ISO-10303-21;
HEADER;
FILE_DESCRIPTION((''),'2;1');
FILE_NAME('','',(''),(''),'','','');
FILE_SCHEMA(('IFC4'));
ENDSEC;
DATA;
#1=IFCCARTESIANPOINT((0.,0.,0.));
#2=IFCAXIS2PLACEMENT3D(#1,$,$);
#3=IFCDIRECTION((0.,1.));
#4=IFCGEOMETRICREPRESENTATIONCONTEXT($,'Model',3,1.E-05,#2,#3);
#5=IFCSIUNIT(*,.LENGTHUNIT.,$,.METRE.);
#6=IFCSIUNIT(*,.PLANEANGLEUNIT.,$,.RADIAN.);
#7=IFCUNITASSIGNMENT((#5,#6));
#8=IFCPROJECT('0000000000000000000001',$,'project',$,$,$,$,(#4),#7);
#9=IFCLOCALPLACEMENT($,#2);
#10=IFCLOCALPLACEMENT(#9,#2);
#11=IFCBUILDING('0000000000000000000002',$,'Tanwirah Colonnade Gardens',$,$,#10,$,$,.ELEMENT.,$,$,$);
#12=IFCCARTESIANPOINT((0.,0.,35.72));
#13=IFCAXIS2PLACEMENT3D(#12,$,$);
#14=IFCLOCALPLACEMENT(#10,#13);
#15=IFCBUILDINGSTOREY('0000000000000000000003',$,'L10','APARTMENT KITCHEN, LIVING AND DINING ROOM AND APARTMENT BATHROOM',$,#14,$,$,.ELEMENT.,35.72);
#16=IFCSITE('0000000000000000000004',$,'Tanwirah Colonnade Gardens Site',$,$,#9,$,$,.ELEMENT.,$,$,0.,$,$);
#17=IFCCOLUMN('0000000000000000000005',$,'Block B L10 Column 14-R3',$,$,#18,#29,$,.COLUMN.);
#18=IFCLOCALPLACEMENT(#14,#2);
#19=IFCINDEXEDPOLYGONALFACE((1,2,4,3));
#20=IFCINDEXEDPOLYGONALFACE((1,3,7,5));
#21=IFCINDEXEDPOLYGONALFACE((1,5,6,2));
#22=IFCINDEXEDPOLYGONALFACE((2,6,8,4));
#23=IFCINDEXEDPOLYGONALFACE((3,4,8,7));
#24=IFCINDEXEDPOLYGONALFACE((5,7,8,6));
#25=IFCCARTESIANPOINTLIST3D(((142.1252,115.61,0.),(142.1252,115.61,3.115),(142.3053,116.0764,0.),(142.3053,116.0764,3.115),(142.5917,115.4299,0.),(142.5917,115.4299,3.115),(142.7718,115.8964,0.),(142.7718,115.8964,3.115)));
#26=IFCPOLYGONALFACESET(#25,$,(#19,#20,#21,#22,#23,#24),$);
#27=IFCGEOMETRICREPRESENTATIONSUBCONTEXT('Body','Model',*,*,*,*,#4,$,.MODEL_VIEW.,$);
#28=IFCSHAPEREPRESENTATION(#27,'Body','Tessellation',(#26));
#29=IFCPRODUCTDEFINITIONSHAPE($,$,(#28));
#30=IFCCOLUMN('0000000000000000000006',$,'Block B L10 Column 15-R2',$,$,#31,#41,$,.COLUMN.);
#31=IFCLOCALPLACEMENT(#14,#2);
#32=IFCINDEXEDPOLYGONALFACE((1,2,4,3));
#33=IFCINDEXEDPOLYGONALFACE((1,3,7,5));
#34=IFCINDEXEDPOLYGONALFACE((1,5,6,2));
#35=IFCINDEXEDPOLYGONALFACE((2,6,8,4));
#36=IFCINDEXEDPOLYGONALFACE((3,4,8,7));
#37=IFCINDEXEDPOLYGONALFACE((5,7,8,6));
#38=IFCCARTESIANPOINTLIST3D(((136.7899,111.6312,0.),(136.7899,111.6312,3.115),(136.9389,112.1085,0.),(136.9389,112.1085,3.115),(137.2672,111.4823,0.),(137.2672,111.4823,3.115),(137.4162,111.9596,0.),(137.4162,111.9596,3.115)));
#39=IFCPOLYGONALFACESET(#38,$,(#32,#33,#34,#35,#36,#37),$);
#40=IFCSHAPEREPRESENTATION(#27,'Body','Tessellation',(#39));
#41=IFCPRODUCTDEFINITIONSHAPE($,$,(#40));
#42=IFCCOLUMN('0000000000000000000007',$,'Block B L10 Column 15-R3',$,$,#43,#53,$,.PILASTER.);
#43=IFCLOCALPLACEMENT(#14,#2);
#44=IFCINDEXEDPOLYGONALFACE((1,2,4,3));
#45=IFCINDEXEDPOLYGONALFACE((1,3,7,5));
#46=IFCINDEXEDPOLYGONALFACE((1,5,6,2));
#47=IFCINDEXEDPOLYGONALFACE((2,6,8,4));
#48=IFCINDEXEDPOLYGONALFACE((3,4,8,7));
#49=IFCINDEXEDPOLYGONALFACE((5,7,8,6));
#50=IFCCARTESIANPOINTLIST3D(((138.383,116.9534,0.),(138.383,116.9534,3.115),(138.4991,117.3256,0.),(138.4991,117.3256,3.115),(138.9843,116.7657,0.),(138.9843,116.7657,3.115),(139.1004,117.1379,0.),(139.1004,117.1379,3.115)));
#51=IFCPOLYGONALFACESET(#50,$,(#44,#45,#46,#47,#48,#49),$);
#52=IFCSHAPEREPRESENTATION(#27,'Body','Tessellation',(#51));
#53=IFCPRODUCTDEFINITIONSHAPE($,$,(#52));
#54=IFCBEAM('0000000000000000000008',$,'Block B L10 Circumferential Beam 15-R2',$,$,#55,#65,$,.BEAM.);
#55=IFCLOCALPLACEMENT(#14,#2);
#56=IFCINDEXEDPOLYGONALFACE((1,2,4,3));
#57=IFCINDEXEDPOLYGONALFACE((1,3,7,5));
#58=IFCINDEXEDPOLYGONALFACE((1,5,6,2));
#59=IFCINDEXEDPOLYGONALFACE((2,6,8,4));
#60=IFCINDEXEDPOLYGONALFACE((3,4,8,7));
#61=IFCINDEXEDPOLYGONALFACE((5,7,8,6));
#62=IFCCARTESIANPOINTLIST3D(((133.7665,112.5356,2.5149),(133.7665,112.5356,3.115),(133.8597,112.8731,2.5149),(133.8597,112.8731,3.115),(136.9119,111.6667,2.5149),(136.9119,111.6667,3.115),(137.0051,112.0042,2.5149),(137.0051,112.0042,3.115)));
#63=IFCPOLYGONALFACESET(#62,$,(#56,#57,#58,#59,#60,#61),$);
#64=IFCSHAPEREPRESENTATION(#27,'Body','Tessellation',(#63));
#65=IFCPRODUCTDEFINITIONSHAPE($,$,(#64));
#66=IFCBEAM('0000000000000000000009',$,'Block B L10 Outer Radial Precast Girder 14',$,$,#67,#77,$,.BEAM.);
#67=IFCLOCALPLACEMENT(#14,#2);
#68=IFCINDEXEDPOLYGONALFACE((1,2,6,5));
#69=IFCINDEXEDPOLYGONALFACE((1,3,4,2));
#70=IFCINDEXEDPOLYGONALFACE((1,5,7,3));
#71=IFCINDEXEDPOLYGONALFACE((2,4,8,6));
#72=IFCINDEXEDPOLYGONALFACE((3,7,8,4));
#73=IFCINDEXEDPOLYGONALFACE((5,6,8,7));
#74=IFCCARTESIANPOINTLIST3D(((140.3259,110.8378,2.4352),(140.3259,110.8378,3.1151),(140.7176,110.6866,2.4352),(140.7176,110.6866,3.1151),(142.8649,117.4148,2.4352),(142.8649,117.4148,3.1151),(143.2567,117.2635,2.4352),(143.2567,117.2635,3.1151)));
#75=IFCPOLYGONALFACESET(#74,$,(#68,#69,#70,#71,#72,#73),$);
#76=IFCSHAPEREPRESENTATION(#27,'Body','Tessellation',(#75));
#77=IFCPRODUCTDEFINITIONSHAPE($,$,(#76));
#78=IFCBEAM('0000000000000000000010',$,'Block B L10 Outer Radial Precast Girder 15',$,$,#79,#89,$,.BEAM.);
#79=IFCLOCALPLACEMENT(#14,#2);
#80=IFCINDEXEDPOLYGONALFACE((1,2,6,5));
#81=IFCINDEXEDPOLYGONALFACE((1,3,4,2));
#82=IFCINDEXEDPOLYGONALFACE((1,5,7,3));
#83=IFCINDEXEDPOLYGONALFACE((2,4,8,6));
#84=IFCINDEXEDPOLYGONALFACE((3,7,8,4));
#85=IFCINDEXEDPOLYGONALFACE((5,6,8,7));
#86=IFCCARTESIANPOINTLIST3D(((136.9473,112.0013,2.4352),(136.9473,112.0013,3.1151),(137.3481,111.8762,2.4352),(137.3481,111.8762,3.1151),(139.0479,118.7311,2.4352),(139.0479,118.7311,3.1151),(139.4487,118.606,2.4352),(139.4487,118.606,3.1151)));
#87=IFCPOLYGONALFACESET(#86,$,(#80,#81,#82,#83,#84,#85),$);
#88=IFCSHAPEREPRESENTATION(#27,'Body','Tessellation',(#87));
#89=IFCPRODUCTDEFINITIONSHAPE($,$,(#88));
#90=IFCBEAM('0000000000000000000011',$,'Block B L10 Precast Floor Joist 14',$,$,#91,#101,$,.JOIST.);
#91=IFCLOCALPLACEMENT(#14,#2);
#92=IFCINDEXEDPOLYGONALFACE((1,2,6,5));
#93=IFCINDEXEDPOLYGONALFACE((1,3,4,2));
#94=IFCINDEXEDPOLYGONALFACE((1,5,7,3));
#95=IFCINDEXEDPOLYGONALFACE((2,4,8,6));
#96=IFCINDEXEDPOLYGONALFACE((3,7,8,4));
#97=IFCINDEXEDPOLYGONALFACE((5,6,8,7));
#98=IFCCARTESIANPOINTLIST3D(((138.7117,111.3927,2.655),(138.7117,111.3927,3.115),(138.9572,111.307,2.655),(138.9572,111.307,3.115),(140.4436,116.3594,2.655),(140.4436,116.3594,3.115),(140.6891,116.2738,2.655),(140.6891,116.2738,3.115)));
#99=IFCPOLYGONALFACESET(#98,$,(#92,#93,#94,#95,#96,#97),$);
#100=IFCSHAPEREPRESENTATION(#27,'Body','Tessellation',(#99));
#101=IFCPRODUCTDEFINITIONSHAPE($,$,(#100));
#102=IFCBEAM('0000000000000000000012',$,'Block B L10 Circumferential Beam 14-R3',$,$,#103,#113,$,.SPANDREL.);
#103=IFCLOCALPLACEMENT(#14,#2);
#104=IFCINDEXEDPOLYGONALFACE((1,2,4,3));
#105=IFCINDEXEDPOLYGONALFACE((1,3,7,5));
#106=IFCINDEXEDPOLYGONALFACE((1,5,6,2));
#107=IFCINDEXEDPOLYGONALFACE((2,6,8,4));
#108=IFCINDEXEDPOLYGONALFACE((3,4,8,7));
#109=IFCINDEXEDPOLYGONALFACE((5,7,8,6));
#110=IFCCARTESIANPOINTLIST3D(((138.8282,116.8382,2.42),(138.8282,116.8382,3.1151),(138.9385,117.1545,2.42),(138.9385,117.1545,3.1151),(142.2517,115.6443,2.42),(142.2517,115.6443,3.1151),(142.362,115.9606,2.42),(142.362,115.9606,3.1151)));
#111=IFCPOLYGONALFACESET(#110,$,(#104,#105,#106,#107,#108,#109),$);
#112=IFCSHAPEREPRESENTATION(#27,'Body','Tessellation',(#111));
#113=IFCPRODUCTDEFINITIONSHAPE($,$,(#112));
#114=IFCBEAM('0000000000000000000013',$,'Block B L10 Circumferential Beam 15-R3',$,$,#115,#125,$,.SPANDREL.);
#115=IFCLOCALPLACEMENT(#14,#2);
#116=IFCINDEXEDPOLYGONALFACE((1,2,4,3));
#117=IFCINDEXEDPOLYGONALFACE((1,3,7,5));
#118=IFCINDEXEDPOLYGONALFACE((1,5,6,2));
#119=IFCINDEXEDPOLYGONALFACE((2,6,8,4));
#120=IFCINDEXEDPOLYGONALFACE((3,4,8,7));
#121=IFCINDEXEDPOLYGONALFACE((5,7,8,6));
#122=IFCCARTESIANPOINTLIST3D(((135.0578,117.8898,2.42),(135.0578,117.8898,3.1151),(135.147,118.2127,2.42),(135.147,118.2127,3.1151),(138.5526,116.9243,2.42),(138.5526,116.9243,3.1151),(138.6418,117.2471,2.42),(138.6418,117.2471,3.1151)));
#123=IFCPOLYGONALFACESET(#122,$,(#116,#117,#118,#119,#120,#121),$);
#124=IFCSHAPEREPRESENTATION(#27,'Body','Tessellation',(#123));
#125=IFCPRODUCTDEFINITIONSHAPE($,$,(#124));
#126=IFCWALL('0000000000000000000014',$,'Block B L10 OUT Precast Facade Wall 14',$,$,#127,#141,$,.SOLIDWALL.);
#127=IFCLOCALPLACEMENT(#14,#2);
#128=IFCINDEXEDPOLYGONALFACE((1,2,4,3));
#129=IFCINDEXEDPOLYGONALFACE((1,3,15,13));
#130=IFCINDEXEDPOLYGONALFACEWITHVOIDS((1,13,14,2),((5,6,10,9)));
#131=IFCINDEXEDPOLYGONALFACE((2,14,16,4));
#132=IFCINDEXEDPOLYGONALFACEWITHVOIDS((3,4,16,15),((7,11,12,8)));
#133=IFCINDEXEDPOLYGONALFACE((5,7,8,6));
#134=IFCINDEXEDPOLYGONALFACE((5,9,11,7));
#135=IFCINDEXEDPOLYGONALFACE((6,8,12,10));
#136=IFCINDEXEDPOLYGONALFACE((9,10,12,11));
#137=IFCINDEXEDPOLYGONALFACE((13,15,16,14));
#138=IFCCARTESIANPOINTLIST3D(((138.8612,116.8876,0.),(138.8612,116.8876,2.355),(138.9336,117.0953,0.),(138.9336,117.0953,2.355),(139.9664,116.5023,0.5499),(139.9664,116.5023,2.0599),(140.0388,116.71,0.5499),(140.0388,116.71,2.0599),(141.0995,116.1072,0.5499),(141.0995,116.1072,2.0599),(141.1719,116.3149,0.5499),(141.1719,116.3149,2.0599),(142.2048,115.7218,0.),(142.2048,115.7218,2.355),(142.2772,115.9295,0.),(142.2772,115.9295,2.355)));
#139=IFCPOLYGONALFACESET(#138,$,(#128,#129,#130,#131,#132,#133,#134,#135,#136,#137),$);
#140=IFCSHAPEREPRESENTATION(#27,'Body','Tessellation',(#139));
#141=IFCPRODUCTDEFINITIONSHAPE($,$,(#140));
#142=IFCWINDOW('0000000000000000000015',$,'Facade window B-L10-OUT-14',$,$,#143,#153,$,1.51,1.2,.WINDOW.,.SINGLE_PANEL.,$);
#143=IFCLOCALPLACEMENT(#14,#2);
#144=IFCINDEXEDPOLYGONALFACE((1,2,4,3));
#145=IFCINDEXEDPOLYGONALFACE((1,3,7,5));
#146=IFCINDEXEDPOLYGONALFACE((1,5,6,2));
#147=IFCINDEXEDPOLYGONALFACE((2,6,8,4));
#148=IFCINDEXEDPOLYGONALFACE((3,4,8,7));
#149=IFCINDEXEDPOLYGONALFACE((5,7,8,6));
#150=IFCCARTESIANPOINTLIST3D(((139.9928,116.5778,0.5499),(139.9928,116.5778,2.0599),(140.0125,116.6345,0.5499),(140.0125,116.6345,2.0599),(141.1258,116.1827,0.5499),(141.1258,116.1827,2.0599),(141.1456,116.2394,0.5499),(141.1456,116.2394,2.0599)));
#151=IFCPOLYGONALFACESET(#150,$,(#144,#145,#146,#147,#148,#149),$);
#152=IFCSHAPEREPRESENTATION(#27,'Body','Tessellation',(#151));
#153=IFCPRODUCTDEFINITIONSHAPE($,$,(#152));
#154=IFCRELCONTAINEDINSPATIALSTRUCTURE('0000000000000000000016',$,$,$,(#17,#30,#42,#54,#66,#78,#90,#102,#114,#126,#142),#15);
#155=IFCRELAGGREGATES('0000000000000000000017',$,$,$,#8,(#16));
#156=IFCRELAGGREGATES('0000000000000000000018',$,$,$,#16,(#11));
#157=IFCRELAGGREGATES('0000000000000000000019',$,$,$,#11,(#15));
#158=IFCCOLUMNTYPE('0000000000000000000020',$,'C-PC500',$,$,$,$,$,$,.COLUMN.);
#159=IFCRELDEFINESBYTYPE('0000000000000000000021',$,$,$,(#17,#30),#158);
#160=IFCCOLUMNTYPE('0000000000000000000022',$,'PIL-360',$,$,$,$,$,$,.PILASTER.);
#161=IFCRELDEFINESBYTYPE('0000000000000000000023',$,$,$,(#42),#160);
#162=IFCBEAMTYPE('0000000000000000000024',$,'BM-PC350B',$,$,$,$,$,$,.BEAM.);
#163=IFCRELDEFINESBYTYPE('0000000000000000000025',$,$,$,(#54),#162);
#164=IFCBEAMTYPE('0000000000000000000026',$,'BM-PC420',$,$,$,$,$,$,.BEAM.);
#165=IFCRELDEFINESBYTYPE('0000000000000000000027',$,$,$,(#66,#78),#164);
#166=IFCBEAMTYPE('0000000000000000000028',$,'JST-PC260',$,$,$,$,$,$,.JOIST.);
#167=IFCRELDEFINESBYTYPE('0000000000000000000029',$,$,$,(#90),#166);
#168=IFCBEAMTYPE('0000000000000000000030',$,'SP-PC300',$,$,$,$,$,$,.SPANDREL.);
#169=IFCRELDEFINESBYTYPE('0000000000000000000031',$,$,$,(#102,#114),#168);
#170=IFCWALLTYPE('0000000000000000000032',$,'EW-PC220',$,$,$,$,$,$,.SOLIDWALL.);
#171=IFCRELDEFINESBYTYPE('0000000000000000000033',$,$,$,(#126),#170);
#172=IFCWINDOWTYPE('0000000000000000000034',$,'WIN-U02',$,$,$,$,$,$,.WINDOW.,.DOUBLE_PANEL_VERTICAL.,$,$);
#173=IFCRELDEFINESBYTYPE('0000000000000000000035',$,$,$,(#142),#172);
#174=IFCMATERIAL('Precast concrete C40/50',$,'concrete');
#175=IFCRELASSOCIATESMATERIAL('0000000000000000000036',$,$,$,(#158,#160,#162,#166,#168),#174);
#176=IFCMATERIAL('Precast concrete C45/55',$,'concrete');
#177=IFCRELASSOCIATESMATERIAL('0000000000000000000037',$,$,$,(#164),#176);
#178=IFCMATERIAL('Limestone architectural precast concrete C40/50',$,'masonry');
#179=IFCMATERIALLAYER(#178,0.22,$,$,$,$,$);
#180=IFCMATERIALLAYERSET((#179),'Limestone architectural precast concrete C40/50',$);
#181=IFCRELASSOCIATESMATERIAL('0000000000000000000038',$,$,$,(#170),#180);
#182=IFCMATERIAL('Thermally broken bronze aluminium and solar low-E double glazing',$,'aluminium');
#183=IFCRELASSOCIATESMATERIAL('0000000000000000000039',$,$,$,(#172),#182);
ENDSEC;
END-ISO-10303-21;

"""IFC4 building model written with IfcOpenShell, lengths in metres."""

from ifc_helpers import new_model, si_unit, direction, frame, frame_2d, origin, origin_2d, place, context, subcontext, project, spatial, rectangle, extrude, material, layer, layer_set, material_profile, profile_set, type_object, element, fill, save


model = new_model("IFC4")

# Units and contexts
model_context = context("Model", 3, precision=1e-05, world=origin(), true_north=direction((0.0, 1.0)))
body_context = subcontext(model_context, "Body", "Model", "MODEL_VIEW")
ifc_project = project(units=[si_unit("LENGTHUNIT", "METRE"), si_unit("PLANEANGLEUNIT", "RADIAN")], contexts=[model_context])

# Site, building, storey
site_placement = place(None, origin())
site = spatial("IfcSite", under=ifc_project, at=site_placement, Name="Tanwirah Colonnade Gardens Site", CompositionType="ELEMENT", RefElevation=0.0)
building_placement = place(site_placement, origin())
building = spatial("IfcBuilding", under=site, at=building_placement, Name="Tanwirah Colonnade Gardens", CompositionType="ELEMENT")
storey_placement = place(building_placement, frame((0.0, 0.0, 35.72)))
storey = spatial("IfcBuildingStorey", under=building, at=storey_placement, Name="L10", Description="APARTMENT KITCHEN, LIVING AND DINING ROOM AND APARTMENT BATHROOM", CompositionType="ELEMENT", Elevation=35.72)

# Columns
ifc_material_1 = material(Name="Precast concrete C40/50", Category="concrete")
ifc_material_profile_1 = material_profile(ifc_material_1, rectangle(XDim=0.5, YDim=0.5, at=origin_2d()), Name="PC-COL 500x500")
ifc_profile_set_1 = profile_set([ifc_material_profile_1], Name="Precast concrete C40/50")
column_type_1 = type_object("IfcColumnType", Name="C-PC500", PredefinedType="COLUMN", material=ifc_profile_set_1)
for number, where, z_axis, x_axis, name in (
    (1, (142.4485, 115.7532, 0.0), (0.0, 0.0, 1.0), (0.360178, 0.932884, 0.0), "Block B L10 Column 14-R3"),
    (2, (137.103, 111.7954, 0.0), (0.0, 0.0, 1.0), (0.29793, 0.954588, 0.0), "Block B L10 Column 15-R2"),
):
    element("IfcColumn", number, at=place(storey_placement, frame(where, z_axis=z_axis, x_axis=x_axis)), inside=storey, type_object=column_type_1, Name=name, PredefinedType="COLUMN", context=body_context, shape_type="SweptSolid", body=[
        extrude(rectangle(XDim=0.5, YDim=0.5, at=origin_2d()), origin(), (0.0, 0.0, 1.0), 3.115),
    ])
ifc_material_profile_2 = material_profile(ifc_material_1, rectangle(XDim=0.3899, YDim=0.6299, at=origin_2d()), Name="PC-PIL 390x630")
ifc_profile_set_2 = profile_set([ifc_material_profile_2], Name="Precast concrete C40/50")
column_type_2 = type_object("IfcColumnType", Name="PIL-360", PredefinedType="PILASTER", material=ifc_profile_set_2)
column_placement = place(storey_placement, frame((138.7417, 117.0457, 0.0), z_axis=(0.0, 0.0, 1.0), x_axis=(0.29793, 0.954588, 0.0)))
element("IfcColumn", 3, at=column_placement, inside=storey, type_object=column_type_2, Name="Block B L10 Column 15-R3", PredefinedType="PILASTER", context=body_context, shape_type="SweptSolid", body=[
    extrude(rectangle(XDim=0.3899, YDim=0.6299, at=origin_2d()), origin(), (0.0, 0.0, 1.0), 3.115),
])

# Beams
ifc_material_profile_3 = material_profile(ifc_material_1, rectangle(XDim=0.3501, YDim=0.6001, at=origin_2d()), Name="PC-BM 350x600")
ifc_profile_set_3 = profile_set([ifc_material_profile_3], Name="Precast concrete C40/50")
beam_type_1 = type_object("IfcBeamType", Name="BM-PC350B", PredefinedType="BEAM", material=ifc_profile_set_3)
beam_1_placement = place(storey_placement, frame((136.9585, 111.8354, 2.8149), z_axis=(-0.963895, 0.266281, 0.0), x_axis=(-0.266281, -0.963895, 0.0)))
element("IfcBeam", 4, at=beam_1_placement, inside=storey, type_object=beam_type_1, Name="Block B L10 Circumferential Beam 15-R2", PredefinedType="BEAM", context=body_context, shape_type="SweptSolid", body=[
    extrude(rectangle(XDim=0.3501, YDim=0.6001, at=origin_2d()), origin(), (0.0, 0.0, 1.0), 3.2632),
])
ifc_material_2 = material(Name="Precast concrete C45/55", Category="concrete")
ifc_material_profile_4 = material_profile(ifc_material_2, rectangle(XDim=0.4199, YDim=0.6799, at=origin_2d()), Name="PC-BM 420x680")
ifc_profile_set_4 = profile_set([ifc_material_profile_4], Name="Precast concrete C45/55")
beam_type_2 = type_object("IfcBeamType", Name="BM-PC420", PredefinedType="BEAM", material=ifc_profile_set_4)
for number, where, z_axis, x_axis, name in (
    (5, (140.5217, 110.7622, 2.7751), (0.360151, 0.932894, 0.0), (-0.932894, 0.360151, 0.0), "Block B L10 Outer Radial Precast Girder 14"),
    (6, (137.1477, 111.9387, 2.7751), (0.297958, 0.954579, 0.0), (-0.954579, 0.297958, 0.0), "Block B L10 Outer Radial Precast Girder 15"),
):
    element("IfcBeam", number, at=place(storey_placement, frame(where, z_axis=z_axis, x_axis=x_axis)), inside=storey, type_object=beam_type_2, Name=name, PredefinedType="BEAM", context=body_context, shape_type="SweptSolid", body=[
        extrude(rectangle(XDim=0.4199, YDim=0.6799, at=origin_2d()), origin(), (0.0, 0.0, 1.0), 7.05),
    ])
ifc_material_profile_5 = material_profile(ifc_material_1, rectangle(XDim=0.26, YDim=0.46, at=origin_2d()), Name="PC-JST 260x460")
ifc_profile_set_5 = profile_set([ifc_material_profile_5], Name="Precast concrete C40/50")
beam_type_3 = type_object("IfcBeamType", Name="JST-PC260", PredefinedType="JOIST", material=ifc_profile_set_5)
beam_2_placement = place(storey_placement, frame((138.8345, 111.3499, 2.885), z_axis=(0.329259, 0.94424, 0.0), x_axis=(-0.94424, 0.329259, 0.0)))
element("IfcBeam", 7, at=beam_2_placement, inside=storey, type_object=beam_type_3, Name="Block B L10 Precast Floor Joist 14", PredefinedType="JOIST", context=body_context, shape_type="SweptSolid", body=[
    extrude(rectangle(XDim=0.26, YDim=0.46, at=origin_2d()), origin(), (0.0, 0.0, 1.0), 5.26),
])
ifc_material_profile_6 = material_profile(ifc_material_1, rectangle(XDim=0.335, YDim=0.6951, at=origin_2d()), Name="PC-SP 335x695")
ifc_profile_set_6 = profile_set([ifc_material_profile_6], Name="Precast concrete C40/50")
beam_type_4 = type_object("IfcBeamType", Name="SP-PC300", PredefinedType="SPANDREL", material=ifc_profile_set_6)
for number, where, z_axis, x_axis, name in (
    (8, (142.3069, 115.8025, 2.7676), (-0.944237, 0.329267, 0.0), (-0.329267, -0.944237, 0.0), "Block B L10 Circumferential Beam 14-R3"),
    (9, (138.5972, 117.0857, 2.7676), (-0.963888, 0.266307, 0.0), (-0.266307, -0.963888, 0.0), "Block B L10 Circumferential Beam 15-R3"),
):
    element("IfcBeam", number, at=place(storey_placement, frame(where, z_axis=z_axis, x_axis=x_axis)), inside=storey, type_object=beam_type_4, Name=name, PredefinedType="SPANDREL", context=body_context, shape_type="SweptSolid", body=[
        extrude(rectangle(XDim=0.335, YDim=0.6951, at=origin_2d()), origin(), (0.0, 0.0, 1.0), 3.6257),
    ])

# Wall, opening, window
ifc_material_3 = material(Name="Limestone architectural precast concrete C40/50", Category="masonry")
ifc_layer_1 = layer(ifc_material_3, 0.22)
ifc_layer_set_1 = layer_set([ifc_layer_1], Name="Limestone architectural precast concrete C40/50")
wall_type_1 = type_object("IfcWallType", Name="EW-PC220", PredefinedType="SOLIDWALL", material=ifc_layer_set_1)
wall_1_placement = place(storey_placement, frame((142.241, 115.8257, 0.0), z_axis=(0.0, 0.0, 1.0), x_axis=(-0.94425, 0.329229, 0.0)))
wall_1 = element("IfcWall", 10, at=wall_1_placement, inside=storey, type_object=wall_type_1, Name="Block B L10 OUT Precast Facade Wall 14", PredefinedType="SOLIDWALL", context=body_context, shape_type="SweptSolid", body=[
    extrude(rectangle(XDim=3.541, YDim=0.22, at=frame_2d((1.7705, 0.0))), origin(), (0.0, 0.0, 1.0), 2.355),
])
opening_1_placement = place(wall_1_placement, frame((1.1704, 0.0, 0.55)))
opening_1 = element("IfcOpeningElement", 11, at=opening_1_placement, cuts=wall_1, PredefinedType="OPENING", context=body_context, shape_type="SweptSolid", body=[
    extrude(rectangle(XDim=1.2, YDim=1.51, at=frame_2d((0.6001, 0.7549))), frame((0.0, 0.1199, 0.0), z_axis=(0.0, -1.0, 0.0), x_axis=(1.0, 0.0, 0.0)), (0.0, 0.0, 1.0), 0.24),
])
ifc_material_4 = material(Name="Thermally broken bronze aluminium and solar low-E double glazing", Category="aluminium")
window_type_1 = type_object("IfcWindowType", Name="WIN-U02", PartitioningType="DOUBLE_PANEL_VERTICAL", PredefinedType="WINDOW", material=ifc_material_4)
window_1_placement = place(opening_1_placement, origin())
window_1 = element("IfcWindow", 12, at=window_1_placement, inside=storey, type_object=window_type_1, Name="Facade window B-L10-OUT-14", OverallHeight=1.51, OverallWidth=1.2, PartitioningType="SINGLE_PANEL", PredefinedType="WINDOW", context=body_context, shape_type="SweptSolid", body=[
    extrude(rectangle(XDim=1.2, YDim=1.51, at=frame_2d((0.6001, 0.7549))), frame((0.0, 0.03, 0.0), z_axis=(0.0, -1.0, 0.0), x_axis=(1.0, 0.0, 0.0)), (0.0, 0.0, 1.0), 0.0601),
])
fill(opening_1, window_1)

save(model, "model.ifc")
